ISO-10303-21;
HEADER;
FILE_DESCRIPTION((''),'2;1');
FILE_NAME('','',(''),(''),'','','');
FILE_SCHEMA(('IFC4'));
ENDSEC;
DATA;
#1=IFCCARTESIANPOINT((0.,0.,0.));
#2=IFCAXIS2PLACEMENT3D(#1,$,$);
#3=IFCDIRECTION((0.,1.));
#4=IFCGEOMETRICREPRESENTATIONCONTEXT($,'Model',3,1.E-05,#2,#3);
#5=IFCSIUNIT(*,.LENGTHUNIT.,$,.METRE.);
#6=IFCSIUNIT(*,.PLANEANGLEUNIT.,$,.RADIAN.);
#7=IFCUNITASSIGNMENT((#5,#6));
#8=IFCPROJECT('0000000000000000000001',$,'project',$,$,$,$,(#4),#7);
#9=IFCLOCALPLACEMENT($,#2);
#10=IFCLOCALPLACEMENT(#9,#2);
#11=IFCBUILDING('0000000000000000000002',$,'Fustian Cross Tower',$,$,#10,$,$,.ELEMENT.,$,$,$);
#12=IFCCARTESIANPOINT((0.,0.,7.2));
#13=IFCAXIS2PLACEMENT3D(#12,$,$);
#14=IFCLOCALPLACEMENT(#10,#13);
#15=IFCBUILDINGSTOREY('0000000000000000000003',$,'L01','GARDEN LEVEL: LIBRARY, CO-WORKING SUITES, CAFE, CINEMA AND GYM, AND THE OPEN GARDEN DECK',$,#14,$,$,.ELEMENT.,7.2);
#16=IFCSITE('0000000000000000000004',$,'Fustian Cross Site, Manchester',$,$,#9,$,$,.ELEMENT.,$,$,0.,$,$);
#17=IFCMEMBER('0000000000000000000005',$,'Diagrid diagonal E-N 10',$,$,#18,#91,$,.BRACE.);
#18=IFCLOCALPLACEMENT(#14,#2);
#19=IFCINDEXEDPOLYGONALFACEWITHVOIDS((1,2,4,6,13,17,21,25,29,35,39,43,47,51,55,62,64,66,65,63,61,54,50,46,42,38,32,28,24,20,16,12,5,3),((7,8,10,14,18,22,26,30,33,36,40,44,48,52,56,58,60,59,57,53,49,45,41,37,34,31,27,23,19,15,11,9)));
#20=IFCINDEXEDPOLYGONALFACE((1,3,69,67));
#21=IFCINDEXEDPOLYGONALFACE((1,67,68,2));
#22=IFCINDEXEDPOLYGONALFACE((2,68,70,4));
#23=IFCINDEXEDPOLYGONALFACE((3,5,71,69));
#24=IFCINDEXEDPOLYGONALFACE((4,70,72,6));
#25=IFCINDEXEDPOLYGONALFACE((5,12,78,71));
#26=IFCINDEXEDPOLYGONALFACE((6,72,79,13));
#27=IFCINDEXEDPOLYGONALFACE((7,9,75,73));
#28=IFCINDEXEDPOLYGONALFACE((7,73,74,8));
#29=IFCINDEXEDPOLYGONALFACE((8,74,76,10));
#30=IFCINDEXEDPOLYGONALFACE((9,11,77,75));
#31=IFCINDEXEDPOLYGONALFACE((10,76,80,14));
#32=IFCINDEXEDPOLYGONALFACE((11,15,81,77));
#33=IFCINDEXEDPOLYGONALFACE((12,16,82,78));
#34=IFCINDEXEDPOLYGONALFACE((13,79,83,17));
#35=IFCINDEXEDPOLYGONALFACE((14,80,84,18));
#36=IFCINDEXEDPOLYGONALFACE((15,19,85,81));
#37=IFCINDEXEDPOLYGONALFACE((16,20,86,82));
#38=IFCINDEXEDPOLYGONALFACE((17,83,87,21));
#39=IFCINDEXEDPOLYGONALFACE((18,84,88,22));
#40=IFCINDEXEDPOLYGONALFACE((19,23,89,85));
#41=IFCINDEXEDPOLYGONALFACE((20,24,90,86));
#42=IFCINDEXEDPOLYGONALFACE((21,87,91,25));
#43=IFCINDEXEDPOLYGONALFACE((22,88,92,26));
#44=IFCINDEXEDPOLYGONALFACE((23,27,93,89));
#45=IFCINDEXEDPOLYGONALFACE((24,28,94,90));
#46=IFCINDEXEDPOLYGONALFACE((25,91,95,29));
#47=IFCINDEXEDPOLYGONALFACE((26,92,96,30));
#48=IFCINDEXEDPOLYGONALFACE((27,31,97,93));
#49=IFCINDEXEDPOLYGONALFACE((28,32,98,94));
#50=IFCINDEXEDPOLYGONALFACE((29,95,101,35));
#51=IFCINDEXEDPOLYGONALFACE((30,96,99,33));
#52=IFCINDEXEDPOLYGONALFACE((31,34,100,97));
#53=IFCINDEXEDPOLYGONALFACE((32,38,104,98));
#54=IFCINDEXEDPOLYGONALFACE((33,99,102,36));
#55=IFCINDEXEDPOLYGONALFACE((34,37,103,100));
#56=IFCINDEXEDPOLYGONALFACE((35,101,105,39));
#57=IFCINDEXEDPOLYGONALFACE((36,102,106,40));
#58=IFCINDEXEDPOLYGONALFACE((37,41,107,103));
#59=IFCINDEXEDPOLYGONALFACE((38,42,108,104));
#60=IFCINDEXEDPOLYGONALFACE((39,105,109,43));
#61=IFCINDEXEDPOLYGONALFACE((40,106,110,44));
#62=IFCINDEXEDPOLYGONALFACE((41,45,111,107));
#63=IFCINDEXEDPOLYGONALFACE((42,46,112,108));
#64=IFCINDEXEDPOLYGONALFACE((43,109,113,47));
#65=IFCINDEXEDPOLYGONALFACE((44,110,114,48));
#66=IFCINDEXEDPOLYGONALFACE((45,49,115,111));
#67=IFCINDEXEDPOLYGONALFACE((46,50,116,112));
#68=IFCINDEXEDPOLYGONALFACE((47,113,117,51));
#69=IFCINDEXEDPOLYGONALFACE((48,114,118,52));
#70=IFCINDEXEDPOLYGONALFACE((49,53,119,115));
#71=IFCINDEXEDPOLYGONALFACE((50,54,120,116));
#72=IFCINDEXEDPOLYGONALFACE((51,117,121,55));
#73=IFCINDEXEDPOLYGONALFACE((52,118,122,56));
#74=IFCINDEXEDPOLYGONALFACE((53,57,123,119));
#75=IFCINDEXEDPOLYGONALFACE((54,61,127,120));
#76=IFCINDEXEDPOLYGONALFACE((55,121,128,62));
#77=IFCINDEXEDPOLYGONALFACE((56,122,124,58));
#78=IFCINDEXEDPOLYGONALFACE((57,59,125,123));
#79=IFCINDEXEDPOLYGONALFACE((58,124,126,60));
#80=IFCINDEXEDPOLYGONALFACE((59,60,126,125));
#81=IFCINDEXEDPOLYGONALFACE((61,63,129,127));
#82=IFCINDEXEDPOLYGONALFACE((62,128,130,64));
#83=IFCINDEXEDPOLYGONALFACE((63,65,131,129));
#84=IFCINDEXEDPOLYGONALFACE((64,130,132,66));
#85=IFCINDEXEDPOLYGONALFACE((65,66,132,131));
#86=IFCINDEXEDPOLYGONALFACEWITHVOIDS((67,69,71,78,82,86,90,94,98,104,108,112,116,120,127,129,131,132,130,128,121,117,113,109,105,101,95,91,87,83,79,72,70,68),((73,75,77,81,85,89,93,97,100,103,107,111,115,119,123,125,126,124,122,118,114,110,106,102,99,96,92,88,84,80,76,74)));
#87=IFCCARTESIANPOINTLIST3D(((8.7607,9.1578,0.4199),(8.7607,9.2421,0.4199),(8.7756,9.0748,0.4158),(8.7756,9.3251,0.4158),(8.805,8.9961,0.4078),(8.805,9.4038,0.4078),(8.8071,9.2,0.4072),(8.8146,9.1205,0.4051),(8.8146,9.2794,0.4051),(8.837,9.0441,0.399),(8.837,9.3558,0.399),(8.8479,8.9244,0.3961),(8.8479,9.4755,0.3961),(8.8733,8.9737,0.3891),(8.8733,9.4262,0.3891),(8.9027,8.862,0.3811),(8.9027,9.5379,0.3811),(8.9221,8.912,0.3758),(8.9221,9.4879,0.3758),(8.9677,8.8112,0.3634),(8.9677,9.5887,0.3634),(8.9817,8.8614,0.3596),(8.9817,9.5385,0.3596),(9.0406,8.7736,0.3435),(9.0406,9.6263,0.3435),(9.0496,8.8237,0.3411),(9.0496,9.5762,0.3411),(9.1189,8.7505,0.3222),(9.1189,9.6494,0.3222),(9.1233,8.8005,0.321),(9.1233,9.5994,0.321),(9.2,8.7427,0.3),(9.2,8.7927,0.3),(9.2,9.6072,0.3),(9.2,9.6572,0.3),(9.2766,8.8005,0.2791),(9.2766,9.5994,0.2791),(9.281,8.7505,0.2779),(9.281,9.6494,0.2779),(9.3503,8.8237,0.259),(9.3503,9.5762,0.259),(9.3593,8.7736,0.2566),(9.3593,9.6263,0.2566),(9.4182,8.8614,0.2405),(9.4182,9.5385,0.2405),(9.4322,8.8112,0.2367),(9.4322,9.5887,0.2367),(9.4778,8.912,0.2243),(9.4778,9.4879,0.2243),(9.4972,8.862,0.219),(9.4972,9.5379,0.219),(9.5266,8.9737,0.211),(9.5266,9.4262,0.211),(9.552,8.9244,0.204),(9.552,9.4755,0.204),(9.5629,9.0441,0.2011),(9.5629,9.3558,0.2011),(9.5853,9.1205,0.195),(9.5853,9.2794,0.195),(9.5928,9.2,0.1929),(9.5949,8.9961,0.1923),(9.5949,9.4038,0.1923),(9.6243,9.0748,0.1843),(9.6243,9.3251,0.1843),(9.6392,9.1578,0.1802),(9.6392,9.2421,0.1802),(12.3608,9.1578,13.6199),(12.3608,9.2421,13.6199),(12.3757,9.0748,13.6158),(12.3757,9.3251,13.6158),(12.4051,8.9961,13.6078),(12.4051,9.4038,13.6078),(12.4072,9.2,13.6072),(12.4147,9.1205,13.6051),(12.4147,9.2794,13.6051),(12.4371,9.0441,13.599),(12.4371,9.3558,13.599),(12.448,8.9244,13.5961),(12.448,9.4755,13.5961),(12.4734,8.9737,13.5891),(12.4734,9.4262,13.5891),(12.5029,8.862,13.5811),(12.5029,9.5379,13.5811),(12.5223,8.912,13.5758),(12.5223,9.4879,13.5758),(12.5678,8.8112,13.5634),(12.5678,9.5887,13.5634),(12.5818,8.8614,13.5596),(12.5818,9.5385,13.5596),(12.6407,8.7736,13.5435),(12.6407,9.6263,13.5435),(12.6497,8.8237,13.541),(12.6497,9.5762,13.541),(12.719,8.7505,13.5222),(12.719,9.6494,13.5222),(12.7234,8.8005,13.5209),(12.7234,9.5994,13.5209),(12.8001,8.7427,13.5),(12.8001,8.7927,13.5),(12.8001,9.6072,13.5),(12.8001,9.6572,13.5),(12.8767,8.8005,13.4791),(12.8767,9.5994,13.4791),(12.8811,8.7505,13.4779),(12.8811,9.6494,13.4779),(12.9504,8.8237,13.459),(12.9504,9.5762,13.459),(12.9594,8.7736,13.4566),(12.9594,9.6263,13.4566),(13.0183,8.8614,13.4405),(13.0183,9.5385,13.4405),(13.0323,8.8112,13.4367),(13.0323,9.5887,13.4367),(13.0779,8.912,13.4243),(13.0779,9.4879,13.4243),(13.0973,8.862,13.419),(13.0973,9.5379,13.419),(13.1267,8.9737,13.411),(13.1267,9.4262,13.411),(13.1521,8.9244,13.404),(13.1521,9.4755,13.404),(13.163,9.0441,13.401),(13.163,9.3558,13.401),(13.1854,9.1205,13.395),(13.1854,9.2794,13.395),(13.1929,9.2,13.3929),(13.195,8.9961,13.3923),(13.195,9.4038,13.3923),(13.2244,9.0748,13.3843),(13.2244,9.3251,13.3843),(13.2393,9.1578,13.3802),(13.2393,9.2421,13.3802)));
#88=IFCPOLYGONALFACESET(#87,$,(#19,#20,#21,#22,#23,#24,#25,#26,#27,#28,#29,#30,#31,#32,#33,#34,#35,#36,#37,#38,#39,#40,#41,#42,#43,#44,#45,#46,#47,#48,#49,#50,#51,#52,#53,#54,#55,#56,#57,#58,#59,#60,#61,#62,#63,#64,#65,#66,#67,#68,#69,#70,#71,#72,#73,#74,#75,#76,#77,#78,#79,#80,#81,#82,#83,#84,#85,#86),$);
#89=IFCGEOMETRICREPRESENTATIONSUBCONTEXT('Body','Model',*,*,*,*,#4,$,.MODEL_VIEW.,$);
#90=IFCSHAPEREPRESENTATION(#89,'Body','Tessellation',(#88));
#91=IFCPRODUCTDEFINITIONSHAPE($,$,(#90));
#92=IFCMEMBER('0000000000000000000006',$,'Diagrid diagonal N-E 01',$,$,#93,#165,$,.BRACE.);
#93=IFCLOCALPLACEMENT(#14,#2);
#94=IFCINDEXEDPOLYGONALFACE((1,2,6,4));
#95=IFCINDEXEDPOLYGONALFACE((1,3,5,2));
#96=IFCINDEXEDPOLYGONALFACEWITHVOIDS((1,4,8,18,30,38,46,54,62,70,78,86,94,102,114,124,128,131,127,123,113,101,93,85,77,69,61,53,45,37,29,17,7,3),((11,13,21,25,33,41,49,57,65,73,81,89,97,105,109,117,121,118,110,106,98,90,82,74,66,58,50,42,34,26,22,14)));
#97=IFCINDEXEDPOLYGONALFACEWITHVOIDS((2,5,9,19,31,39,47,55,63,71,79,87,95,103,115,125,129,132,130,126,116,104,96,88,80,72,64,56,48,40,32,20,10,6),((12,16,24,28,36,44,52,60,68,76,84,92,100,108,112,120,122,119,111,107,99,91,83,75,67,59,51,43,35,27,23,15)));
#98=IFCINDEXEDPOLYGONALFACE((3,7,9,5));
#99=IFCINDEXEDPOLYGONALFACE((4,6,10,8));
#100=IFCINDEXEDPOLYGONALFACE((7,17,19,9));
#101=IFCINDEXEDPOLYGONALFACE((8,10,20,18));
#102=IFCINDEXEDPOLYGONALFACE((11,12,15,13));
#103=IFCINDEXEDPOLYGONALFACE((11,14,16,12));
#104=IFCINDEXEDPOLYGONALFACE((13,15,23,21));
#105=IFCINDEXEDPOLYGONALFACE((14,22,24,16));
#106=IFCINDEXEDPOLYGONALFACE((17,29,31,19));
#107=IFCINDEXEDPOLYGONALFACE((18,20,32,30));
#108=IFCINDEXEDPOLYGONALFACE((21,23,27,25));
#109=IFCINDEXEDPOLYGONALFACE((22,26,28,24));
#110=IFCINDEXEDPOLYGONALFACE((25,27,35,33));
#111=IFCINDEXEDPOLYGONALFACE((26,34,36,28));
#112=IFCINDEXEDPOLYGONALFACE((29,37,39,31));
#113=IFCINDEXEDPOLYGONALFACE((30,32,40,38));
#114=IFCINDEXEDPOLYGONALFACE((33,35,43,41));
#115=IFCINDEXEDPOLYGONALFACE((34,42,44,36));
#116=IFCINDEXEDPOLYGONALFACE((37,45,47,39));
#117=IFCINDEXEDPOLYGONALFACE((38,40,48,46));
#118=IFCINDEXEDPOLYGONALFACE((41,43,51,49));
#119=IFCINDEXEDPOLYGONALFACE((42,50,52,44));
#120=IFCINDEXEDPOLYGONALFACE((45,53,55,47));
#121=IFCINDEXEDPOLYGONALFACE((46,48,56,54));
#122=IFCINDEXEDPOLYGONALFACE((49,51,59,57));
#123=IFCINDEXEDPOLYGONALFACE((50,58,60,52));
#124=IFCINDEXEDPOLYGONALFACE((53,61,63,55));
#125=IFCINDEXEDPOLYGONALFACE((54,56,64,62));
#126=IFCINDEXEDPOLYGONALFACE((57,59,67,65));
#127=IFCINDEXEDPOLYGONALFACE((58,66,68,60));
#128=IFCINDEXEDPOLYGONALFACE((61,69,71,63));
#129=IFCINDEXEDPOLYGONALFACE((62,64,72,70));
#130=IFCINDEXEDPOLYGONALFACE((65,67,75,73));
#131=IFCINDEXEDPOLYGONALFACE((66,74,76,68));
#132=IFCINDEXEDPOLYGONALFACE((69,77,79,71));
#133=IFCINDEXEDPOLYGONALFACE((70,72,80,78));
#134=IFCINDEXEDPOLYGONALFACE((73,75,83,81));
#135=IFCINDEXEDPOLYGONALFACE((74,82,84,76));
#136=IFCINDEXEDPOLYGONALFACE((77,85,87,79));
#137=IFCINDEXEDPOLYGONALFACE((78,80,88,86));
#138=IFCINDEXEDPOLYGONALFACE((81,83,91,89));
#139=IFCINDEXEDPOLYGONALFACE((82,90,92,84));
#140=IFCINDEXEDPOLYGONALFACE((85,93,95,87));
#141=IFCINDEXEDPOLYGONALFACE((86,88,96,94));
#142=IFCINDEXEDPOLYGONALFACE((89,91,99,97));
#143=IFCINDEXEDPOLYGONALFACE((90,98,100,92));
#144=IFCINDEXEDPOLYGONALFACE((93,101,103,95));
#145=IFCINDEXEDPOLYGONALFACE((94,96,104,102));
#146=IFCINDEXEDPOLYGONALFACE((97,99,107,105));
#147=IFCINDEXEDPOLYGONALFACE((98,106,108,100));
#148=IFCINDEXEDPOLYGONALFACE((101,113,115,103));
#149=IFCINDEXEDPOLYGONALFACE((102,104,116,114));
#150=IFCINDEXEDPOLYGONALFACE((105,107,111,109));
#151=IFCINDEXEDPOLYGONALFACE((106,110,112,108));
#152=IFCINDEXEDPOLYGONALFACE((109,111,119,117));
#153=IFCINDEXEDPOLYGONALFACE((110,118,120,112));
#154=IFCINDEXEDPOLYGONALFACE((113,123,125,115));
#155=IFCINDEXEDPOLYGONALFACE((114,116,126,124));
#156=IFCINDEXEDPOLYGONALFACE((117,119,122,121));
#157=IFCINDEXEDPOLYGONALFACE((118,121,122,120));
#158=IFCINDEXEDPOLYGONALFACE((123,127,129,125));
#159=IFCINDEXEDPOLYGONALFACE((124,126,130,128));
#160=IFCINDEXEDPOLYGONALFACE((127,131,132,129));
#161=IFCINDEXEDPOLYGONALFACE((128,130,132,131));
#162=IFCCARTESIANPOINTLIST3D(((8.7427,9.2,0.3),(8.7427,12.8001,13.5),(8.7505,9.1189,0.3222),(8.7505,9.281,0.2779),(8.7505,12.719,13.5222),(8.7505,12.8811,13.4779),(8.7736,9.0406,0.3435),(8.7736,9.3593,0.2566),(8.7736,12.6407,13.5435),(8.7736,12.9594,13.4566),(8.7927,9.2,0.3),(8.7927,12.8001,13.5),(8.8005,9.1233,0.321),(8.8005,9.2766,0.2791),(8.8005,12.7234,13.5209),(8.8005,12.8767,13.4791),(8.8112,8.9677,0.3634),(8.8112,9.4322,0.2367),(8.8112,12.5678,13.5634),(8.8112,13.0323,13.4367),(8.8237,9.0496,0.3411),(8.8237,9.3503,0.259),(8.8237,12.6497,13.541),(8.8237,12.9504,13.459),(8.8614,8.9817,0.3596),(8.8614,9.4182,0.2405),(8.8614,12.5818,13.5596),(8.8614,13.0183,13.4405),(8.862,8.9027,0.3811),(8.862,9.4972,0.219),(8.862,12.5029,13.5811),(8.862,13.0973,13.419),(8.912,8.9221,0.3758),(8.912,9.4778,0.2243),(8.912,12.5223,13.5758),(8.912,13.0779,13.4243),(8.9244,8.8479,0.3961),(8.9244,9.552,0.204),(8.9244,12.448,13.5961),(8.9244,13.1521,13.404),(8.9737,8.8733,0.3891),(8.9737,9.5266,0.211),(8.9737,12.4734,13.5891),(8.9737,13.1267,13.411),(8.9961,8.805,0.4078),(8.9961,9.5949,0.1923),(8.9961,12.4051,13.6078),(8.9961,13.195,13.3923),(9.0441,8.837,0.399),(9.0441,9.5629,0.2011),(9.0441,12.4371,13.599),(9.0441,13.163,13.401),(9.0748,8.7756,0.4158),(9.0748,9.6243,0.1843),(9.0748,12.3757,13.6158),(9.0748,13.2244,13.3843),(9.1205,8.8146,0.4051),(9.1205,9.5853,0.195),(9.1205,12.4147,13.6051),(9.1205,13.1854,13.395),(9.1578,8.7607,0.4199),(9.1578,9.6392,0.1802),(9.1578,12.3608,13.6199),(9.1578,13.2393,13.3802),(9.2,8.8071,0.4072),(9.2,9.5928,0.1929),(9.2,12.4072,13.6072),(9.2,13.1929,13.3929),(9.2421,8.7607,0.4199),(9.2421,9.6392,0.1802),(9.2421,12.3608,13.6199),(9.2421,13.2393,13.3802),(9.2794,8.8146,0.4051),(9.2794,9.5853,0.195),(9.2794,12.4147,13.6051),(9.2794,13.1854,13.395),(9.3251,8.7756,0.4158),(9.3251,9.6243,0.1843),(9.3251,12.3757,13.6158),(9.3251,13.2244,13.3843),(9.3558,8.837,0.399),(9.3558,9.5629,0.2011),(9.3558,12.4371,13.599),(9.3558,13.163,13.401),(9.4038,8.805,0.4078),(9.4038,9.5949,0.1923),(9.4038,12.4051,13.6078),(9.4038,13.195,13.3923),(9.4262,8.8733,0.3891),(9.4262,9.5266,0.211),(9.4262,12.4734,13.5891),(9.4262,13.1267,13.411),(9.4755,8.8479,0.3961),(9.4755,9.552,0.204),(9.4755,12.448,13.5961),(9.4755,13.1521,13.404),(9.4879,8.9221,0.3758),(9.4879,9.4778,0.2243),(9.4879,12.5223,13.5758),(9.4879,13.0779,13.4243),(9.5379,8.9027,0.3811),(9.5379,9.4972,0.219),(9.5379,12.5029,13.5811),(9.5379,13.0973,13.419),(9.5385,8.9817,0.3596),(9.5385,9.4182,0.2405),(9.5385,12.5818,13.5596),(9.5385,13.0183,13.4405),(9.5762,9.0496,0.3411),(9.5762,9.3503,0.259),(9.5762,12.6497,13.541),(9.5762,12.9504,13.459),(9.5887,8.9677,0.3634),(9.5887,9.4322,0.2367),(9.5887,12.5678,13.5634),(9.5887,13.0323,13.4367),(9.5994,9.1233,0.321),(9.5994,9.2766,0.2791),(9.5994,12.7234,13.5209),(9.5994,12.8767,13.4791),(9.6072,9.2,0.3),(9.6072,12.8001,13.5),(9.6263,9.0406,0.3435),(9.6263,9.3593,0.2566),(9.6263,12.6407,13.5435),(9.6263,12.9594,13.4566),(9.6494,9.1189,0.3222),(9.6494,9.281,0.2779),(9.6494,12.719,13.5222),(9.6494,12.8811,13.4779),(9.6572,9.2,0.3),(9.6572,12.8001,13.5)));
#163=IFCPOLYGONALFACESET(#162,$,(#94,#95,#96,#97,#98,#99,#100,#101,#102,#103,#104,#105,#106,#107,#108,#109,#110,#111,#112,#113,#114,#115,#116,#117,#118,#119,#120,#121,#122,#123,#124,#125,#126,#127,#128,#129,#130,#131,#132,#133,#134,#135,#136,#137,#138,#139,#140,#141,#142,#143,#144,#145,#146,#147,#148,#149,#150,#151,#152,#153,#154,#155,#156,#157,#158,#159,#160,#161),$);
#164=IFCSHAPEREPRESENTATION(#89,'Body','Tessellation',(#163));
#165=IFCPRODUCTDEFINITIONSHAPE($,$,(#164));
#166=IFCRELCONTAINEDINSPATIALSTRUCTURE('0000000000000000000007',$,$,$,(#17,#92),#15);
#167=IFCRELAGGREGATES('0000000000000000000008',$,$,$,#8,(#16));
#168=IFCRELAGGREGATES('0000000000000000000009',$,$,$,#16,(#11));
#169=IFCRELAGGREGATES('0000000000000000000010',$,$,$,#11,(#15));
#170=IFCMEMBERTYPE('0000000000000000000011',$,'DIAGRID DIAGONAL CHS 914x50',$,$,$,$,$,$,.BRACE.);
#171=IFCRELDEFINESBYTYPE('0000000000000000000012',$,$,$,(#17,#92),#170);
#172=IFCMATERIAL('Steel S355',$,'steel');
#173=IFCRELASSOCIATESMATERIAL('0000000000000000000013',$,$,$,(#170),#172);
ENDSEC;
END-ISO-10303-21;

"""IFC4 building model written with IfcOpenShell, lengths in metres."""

from ifc_helpers import new_model, si_unit, direction, frame, origin, origin_2d, place, context, subcontext, project, spatial, hollow_circle, extrude, material, material_profile, profile_set, type_object, element, save


model = new_model("IFC4")

# Units and contexts
model_context = context("Model", 3, precision=1e-05, world=origin(), true_north=direction((0.0, 1.0)))
body_context = subcontext(model_context, "Body", "Model", "MODEL_VIEW")
ifc_project = project(units=[si_unit("LENGTHUNIT", "METRE"), si_unit("PLANEANGLEUNIT", "RADIAN")], contexts=[model_context])

# Site, building, storey
site_placement = place(None, origin())
site = spatial("IfcSite", under=ifc_project, at=site_placement, Name="Fustian Cross Site, Manchester", CompositionType="ELEMENT", RefElevation=0.0)
building_placement = place(site_placement, origin())
building = spatial("IfcBuilding", under=site, at=building_placement, Name="Fustian Cross Tower", CompositionType="ELEMENT")
storey_placement = place(building_placement, frame((0.0, 0.0, 7.2)))
storey = spatial("IfcBuildingStorey", under=building, at=storey_placement, Name="L01", Description="GARDEN LEVEL: LIBRARY, CO-WORKING SUITES, CAFE, CINEMA AND GYM, AND THE OPEN GARDEN DECK", CompositionType="ELEMENT", Elevation=7.2)

# Members
ifc_material_1 = material(Name="Steel S355", Category="steel")
ifc_material_profile_1 = material_profile(ifc_material_1, hollow_circle(Radius=0.4573, WallThickness=0.05, at=origin_2d()), Name="CHS 914x50")
ifc_profile_set_1 = profile_set([ifc_material_profile_1], Name="Steel S355")
member_type_1 = type_object("IfcMemberType", Name="DIAGRID DIAGONAL CHS 914x50", PredefinedType="BRACE", material=ifc_profile_set_1)
for number, where, z_axis, x_axis, name in (
    (1, (9.2, 9.2, 0.3), (0.263125, 0.0, 0.964762), (0.0, 1.0, 0.0), "Diagrid diagonal E-N 10"),
    (2, (9.2, 9.2, 0.3), (0.0, 0.263125, 0.964762), (-1.0, 0.0, 0.0), "Diagrid diagonal N-E 01"),
):
    element("IfcMember", number, at=place(storey_placement, frame(where, z_axis=z_axis, x_axis=x_axis)), inside=storey, type_object=member_type_1, Name=name, PredefinedType="BRACE", context=body_context, shape_type="SweptSolid", body=[
        extrude(hollow_circle(Radius=0.4573, WallThickness=0.05, at=origin_2d()), origin(), (0.0, 0.0, 1.0), 13.6821),
    ])

save(model, "model.ifc")
